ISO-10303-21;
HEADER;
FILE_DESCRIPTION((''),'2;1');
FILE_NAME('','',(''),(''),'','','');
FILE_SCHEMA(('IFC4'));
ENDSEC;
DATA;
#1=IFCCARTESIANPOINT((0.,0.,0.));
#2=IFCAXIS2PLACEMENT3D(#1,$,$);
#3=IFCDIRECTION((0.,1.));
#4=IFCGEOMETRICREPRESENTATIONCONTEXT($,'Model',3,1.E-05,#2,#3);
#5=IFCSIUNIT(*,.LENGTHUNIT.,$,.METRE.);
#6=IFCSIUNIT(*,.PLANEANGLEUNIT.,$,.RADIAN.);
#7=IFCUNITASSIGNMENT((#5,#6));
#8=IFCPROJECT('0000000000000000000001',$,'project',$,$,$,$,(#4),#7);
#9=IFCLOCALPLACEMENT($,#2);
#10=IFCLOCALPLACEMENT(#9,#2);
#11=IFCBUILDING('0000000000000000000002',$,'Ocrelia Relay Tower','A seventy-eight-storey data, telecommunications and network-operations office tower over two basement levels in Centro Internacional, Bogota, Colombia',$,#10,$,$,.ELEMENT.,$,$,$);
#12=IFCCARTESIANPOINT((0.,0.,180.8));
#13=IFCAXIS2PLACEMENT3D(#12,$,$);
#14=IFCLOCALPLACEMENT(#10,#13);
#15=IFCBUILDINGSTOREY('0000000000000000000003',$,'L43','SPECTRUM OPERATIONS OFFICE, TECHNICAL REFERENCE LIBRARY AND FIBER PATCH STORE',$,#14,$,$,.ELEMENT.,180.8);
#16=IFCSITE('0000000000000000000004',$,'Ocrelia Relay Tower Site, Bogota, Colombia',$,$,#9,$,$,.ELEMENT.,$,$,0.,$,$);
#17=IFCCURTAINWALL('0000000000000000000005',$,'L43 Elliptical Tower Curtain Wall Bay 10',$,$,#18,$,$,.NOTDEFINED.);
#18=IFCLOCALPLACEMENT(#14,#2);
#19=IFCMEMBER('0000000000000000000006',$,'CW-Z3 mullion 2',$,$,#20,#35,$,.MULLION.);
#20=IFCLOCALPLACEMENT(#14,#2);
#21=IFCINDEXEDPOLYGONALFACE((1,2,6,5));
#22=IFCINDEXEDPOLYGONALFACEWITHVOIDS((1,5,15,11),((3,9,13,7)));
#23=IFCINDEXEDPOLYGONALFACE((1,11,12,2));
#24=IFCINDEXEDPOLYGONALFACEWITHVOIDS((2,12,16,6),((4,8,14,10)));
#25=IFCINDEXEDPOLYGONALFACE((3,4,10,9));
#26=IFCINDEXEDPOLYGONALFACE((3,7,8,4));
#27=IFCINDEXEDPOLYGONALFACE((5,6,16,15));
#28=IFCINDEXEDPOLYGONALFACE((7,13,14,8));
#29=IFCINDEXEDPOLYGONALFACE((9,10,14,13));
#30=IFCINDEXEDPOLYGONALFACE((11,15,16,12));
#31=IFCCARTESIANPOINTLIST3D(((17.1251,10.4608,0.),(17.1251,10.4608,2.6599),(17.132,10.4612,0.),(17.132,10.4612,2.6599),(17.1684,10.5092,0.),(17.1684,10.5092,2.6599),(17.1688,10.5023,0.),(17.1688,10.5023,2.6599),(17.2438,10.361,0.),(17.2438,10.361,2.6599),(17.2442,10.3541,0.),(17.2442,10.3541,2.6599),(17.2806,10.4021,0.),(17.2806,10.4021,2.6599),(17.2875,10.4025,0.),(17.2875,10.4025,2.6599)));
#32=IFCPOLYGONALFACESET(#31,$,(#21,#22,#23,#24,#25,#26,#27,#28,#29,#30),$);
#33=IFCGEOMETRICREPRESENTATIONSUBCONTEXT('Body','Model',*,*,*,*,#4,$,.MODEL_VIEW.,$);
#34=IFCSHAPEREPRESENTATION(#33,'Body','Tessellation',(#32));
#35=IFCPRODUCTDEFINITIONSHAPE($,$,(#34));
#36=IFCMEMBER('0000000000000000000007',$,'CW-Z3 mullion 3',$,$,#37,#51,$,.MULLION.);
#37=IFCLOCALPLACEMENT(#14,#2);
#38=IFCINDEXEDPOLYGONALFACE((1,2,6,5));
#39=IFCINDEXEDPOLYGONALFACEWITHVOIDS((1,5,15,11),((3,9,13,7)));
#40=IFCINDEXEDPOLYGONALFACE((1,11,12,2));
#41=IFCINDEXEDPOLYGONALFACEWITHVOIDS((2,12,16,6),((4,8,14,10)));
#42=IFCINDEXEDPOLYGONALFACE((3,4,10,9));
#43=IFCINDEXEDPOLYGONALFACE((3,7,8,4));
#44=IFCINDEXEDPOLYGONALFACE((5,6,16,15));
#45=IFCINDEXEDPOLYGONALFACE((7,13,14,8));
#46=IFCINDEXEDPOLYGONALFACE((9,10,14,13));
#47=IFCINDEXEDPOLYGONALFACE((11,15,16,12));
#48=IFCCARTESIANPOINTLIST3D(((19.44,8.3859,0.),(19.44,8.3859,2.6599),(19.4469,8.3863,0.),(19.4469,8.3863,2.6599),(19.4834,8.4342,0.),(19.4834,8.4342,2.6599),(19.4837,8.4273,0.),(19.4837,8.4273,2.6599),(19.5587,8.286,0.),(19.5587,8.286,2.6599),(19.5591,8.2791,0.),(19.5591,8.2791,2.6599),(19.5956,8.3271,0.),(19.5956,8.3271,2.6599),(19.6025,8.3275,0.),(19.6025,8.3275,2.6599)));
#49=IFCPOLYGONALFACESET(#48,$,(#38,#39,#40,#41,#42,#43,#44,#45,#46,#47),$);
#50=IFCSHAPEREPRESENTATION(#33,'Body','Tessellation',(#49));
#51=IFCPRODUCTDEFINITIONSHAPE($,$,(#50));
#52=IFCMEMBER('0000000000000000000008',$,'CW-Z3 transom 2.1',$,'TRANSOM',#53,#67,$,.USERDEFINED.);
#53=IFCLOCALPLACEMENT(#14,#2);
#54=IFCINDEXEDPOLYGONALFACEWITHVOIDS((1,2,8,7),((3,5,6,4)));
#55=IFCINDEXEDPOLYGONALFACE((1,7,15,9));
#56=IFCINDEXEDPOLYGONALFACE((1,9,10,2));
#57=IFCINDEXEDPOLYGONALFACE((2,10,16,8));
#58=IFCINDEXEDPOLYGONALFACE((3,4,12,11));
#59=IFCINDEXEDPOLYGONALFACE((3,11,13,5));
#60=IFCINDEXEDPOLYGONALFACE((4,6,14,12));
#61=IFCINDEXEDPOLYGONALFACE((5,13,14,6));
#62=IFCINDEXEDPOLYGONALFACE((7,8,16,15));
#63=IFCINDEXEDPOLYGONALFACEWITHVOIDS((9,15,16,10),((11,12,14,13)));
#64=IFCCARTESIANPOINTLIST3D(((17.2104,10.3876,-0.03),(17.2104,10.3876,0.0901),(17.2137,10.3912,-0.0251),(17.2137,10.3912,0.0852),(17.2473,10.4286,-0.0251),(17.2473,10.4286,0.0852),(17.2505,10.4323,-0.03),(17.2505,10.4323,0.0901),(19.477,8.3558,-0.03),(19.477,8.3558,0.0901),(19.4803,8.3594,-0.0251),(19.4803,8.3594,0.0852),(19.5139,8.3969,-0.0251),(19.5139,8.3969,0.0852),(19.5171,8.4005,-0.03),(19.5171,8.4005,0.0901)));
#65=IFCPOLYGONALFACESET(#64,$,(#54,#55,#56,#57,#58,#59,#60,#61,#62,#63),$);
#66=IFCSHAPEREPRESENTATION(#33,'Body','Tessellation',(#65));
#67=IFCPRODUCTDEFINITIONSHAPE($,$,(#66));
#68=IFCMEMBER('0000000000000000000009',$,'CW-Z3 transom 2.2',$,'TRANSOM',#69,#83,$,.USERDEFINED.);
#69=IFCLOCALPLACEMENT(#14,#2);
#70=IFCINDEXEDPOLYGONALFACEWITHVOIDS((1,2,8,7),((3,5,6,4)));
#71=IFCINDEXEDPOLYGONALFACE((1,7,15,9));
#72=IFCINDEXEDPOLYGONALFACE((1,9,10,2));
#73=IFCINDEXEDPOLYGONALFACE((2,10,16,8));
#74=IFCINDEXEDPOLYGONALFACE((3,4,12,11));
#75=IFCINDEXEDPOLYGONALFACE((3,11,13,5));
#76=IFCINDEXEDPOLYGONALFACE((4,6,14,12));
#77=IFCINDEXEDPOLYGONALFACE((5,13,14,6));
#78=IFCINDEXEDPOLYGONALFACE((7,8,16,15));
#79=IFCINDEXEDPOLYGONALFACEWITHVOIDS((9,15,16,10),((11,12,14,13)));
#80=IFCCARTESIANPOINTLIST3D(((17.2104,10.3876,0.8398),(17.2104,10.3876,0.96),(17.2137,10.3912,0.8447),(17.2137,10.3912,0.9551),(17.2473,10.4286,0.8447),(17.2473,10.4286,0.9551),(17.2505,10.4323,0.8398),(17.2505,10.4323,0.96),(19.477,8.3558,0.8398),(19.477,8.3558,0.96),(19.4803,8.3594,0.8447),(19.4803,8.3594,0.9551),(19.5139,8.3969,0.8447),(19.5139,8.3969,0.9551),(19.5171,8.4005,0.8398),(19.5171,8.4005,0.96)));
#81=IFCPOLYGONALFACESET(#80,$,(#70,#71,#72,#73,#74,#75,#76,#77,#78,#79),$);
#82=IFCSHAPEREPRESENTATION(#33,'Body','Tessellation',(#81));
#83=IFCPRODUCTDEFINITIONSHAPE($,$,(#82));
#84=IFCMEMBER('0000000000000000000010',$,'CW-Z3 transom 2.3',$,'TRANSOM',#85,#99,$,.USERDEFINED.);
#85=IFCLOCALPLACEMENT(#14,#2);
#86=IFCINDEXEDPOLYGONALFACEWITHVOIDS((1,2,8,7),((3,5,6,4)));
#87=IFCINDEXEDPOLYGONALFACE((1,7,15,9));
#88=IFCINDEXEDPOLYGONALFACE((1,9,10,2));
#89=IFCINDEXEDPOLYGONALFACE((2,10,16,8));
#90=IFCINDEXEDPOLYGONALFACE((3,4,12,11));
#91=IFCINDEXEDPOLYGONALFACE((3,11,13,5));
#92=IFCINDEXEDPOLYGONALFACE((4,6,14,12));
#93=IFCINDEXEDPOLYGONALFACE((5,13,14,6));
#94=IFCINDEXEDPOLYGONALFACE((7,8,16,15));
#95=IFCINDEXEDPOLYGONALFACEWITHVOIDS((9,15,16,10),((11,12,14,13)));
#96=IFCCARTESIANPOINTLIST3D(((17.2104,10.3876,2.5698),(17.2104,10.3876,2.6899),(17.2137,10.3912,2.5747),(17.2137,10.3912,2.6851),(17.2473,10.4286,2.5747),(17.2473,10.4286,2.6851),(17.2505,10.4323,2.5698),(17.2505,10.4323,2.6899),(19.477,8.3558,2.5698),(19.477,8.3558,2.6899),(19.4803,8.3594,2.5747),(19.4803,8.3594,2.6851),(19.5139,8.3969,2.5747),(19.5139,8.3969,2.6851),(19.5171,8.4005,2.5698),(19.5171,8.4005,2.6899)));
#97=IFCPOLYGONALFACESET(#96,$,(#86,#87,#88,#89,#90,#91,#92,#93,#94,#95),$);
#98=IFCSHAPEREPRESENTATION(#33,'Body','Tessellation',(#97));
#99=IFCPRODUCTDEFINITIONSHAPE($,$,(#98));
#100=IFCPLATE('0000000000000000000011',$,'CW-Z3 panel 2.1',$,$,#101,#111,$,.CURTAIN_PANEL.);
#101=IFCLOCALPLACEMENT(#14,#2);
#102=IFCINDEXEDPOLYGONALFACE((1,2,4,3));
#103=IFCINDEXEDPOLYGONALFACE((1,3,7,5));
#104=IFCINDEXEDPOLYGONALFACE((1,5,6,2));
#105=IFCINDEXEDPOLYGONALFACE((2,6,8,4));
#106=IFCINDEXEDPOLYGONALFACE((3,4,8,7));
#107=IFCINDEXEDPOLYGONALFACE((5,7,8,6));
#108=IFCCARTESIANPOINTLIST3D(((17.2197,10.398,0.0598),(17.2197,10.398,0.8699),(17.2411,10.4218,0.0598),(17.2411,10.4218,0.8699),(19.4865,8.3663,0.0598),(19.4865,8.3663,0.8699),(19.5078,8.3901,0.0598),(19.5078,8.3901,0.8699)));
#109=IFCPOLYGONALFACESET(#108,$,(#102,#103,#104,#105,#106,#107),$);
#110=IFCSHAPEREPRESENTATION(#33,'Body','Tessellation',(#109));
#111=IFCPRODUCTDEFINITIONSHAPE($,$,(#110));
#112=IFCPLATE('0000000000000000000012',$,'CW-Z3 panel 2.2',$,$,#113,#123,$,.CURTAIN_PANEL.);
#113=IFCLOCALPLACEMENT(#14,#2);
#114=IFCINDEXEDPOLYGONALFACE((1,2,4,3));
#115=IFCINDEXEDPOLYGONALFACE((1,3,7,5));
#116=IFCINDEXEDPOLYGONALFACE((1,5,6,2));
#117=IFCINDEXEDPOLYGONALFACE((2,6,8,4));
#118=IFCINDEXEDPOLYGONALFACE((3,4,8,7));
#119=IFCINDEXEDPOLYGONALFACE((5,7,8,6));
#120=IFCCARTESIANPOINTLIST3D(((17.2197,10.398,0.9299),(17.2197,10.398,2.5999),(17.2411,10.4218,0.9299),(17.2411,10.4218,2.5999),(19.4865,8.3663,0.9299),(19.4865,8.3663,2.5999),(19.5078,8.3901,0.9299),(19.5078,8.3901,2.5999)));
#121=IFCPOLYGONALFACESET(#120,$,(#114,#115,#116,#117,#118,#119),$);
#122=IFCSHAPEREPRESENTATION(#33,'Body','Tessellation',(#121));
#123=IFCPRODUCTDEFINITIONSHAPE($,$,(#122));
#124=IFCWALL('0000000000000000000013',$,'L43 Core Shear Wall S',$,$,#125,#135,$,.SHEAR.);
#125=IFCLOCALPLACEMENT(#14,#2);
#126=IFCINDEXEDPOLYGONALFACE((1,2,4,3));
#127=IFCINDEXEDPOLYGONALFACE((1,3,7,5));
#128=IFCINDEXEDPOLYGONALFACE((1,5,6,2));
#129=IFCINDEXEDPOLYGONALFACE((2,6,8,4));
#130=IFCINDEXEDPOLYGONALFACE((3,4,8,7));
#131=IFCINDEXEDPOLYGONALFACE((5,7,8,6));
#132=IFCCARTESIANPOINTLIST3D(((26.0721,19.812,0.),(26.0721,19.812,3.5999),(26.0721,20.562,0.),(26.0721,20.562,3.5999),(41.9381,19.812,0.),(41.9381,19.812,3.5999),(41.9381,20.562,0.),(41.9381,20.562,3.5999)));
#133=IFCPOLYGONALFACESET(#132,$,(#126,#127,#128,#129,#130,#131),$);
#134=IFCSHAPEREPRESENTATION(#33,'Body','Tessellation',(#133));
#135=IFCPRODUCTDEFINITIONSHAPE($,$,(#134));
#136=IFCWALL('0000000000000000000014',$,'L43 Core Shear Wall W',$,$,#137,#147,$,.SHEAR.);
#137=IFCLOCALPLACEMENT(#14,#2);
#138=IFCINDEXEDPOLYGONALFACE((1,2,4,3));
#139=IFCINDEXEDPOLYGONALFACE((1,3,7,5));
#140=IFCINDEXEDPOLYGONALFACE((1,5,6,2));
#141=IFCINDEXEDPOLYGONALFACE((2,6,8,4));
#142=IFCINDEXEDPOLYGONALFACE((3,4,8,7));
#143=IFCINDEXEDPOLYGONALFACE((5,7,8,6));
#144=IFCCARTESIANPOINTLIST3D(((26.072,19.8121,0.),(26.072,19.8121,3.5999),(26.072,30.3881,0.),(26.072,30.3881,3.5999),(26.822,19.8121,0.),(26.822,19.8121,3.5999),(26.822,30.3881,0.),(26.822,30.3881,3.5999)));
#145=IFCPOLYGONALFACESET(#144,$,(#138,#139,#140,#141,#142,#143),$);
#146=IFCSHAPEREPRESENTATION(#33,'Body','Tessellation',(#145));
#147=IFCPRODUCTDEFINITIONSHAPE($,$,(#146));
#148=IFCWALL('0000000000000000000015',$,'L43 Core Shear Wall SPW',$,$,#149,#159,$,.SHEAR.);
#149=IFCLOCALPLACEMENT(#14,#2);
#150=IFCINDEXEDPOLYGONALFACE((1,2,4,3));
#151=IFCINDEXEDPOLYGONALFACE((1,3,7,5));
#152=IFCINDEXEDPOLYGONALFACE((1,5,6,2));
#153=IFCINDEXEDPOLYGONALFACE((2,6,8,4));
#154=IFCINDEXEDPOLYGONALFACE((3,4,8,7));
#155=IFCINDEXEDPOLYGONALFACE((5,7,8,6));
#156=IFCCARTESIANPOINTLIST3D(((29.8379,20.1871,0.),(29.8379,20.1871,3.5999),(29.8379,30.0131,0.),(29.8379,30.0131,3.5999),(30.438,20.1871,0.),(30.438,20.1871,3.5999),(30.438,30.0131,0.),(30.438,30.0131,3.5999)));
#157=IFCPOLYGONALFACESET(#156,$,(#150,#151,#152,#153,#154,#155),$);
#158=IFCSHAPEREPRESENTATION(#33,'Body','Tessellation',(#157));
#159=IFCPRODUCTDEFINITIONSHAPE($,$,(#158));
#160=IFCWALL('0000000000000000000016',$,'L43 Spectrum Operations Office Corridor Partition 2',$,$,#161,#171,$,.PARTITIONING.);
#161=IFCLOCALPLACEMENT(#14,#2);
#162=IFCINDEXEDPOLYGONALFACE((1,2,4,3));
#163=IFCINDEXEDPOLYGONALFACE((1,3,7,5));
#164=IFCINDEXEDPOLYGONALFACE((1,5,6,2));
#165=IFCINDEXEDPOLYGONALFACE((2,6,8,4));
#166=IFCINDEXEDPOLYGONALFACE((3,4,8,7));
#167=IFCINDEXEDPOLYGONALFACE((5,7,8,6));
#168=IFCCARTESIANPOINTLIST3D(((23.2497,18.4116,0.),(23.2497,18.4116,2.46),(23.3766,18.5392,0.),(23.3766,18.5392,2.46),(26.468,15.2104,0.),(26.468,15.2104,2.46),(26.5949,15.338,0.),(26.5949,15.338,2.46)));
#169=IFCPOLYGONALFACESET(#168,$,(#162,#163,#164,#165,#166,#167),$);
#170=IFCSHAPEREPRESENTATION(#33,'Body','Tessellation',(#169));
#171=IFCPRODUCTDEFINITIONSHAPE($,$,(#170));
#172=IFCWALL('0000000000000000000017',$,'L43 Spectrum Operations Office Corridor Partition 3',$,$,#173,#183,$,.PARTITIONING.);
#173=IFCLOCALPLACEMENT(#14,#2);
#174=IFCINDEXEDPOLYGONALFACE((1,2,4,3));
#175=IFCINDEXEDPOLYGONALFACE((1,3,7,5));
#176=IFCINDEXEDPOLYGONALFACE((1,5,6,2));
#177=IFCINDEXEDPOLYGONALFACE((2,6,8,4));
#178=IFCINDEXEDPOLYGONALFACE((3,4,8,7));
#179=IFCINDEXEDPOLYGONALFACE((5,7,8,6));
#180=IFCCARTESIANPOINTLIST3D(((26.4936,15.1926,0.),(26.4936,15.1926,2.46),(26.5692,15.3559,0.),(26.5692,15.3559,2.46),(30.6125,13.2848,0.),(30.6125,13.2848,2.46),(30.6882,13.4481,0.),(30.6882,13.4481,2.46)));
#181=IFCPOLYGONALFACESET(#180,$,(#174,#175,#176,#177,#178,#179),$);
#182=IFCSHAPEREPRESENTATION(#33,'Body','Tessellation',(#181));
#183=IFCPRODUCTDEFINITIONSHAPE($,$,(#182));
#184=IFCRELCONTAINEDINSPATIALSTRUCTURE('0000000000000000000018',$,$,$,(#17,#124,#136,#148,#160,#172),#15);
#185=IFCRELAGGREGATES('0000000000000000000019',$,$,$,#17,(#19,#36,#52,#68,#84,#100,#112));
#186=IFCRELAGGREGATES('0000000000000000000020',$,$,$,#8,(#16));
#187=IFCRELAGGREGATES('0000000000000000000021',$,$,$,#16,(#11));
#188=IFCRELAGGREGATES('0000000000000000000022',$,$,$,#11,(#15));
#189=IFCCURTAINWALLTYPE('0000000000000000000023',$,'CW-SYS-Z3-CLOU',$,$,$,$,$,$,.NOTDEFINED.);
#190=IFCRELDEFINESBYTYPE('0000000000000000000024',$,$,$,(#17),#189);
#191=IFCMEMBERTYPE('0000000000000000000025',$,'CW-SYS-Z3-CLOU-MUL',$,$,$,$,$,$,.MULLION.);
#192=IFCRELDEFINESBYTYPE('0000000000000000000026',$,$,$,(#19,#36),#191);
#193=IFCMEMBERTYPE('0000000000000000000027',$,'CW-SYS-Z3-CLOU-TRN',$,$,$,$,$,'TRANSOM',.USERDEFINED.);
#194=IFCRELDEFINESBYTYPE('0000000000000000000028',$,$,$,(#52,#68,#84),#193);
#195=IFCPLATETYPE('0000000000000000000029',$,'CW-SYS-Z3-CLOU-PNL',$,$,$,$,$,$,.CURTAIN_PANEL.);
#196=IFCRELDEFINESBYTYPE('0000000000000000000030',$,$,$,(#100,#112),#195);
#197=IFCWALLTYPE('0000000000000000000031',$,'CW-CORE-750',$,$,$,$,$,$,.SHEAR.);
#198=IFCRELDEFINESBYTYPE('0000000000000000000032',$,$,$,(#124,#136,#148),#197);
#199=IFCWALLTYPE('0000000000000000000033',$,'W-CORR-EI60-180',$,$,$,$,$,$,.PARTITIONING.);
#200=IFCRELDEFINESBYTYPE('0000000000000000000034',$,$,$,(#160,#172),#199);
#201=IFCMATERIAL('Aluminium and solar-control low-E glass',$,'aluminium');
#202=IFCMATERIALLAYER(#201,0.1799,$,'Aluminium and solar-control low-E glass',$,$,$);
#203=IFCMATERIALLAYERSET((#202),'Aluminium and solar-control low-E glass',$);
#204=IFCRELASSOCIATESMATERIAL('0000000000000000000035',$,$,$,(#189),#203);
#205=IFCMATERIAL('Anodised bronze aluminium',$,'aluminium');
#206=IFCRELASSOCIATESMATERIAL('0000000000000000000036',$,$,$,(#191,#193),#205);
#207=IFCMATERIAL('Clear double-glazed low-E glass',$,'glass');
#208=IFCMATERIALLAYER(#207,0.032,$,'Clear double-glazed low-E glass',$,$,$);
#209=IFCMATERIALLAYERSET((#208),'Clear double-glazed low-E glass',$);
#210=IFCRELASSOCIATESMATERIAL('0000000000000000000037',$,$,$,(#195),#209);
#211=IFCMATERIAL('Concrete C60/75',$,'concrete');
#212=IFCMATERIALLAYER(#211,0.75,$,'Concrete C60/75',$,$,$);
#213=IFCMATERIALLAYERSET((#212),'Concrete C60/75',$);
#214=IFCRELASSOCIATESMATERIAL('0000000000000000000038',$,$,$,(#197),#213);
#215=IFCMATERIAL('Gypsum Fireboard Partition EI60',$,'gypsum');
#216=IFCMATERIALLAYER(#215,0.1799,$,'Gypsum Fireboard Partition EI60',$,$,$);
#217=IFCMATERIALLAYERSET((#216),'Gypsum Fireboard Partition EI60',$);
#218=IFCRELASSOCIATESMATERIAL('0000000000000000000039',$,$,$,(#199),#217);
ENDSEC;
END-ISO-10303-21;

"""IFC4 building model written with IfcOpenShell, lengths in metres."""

from ifc_helpers import new_model, si_unit, direction, frame, frame_2d, origin, origin_2d, place, context, subcontext, project, spatial, rectangle, hollow_rectangle, extrude, material, layer, layer_set, material_profile, profile_set, type_object, element, aggregate, save


model = new_model("IFC4")

# Units and contexts
model_context = context("Model", 3, precision=1e-05, world=origin(), true_north=direction((0.0, 1.0)))
body_context = subcontext(model_context, "Body", "Model", "MODEL_VIEW")
ifc_project = project(units=[si_unit("LENGTHUNIT", "METRE"), si_unit("PLANEANGLEUNIT", "RADIAN")], contexts=[model_context])

# Site, building, storey
site_placement = place(None, origin())
site = spatial("IfcSite", under=ifc_project, at=site_placement, Name="Ocrelia Relay Tower Site, Bogota, Colombia", CompositionType="ELEMENT", RefElevation=0.0)
building_placement = place(site_placement, origin())
building = spatial("IfcBuilding", under=site, at=building_placement, Name="Ocrelia Relay Tower", Description="A seventy-eight-storey data, telecommunications and network-operations office tower over two basement levels in Centro Internacional, Bogota, Colombia", CompositionType="ELEMENT")
storey_placement = place(building_placement, frame((0.0, 0.0, 180.8)))
storey = spatial("IfcBuildingStorey", under=building, at=storey_placement, Name="L43", Description="SPECTRUM OPERATIONS OFFICE, TECHNICAL REFERENCE LIBRARY AND FIBER PATCH STORE", CompositionType="ELEMENT", Elevation=180.8)

# Shared definitions
ifc_material_1 = material(Name="Concrete C60/75", Category="concrete")

# Curtain wall, members, plates
ifc_material_2 = material(Name="Aluminium and solar-control low-E glass", Category="aluminium")
ifc_layer_1 = layer(ifc_material_2, 0.1799, Name="Aluminium and solar-control low-E glass")
ifc_layer_set_1 = layer_set([ifc_layer_1], Name="Aluminium and solar-control low-E glass")
curtain_wall_type = type_object("IfcCurtainWallType", Name="CW-SYS-Z3-CLOU", PredefinedType="NOTDEFINED", material=ifc_layer_set_1)
curtain_wall_placement = place(storey_placement, origin())
curtain_wall = element("IfcCurtainWall", 1, at=curtain_wall_placement, inside=storey, type_object=curtain_wall_type, Name="L43 Elliptical Tower Curtain Wall Bay 10", PredefinedType="NOTDEFINED")
ifc_material_3 = material(Name="Anodised bronze aluminium", Category="aluminium")
ifc_material_profile_1 = material_profile(ifc_material_3, hollow_rectangle(XDim=0.0649, YDim=0.1599, WallThickness=0.0049, at=origin_2d()), Name="CW-MUL-160x65")
ifc_profile_set_1 = profile_set([ifc_material_profile_1], Name="Anodised bronze aluminium")
member_type_1 = type_object("IfcMemberType", Name="CW-SYS-Z3-CLOU-MUL", PredefinedType="MULLION", material=ifc_profile_set_1)
member_1_placement = place(storey_placement, frame((17.2063, 10.4316, 0.0), z_axis=(0.0, 0.0, 1.0), x_axis=(0.667438, 0.744666, 0.0)))
member_1 = element("IfcMember", 2, at=member_1_placement, type_object=member_type_1, Name="CW-Z3 mullion 2", PredefinedType="MULLION", context=body_context, shape_type="SweptSolid", body=[
    extrude(hollow_rectangle(XDim=0.0649, YDim=0.1599, WallThickness=0.0049, at=origin_2d()), origin(), (0.0, 0.0, 1.0), 2.6599),
])
member_2_placement = place(storey_placement, frame((19.5212, 8.3567, 0.0), z_axis=(0.0, 0.0, 1.0), x_axis=(0.667438, 0.744666, 0.0)))
member_2 = element("IfcMember", 3, at=member_2_placement, type_object=member_type_1, Name="CW-Z3 mullion 3", PredefinedType="MULLION", context=body_context, shape_type="SweptSolid", body=[
    extrude(hollow_rectangle(XDim=0.0649, YDim=0.1599, WallThickness=0.0049, at=origin_2d()), origin(), (0.0, 0.0, 1.0), 2.6599),
])
ifc_material_profile_2 = material_profile(ifc_material_3, hollow_rectangle(XDim=0.0601, YDim=0.1201, WallThickness=0.0049, at=origin_2d()), Name="CW-TRN-120x60")
ifc_profile_set_2 = profile_set([ifc_material_profile_2], Name="Anodised bronze aluminium")
member_type_2 = type_object("IfcMemberType", Name="CW-SYS-Z3-CLOU-TRN", ElementType="TRANSOM", PredefinedType="USERDEFINED", material=ifc_profile_set_2)
member_3_placement = place(storey_placement, frame((17.2305, 10.4099, 0.03), z_axis=(0.744633, -0.667474, 0.0), x_axis=(0.667474, 0.744633, 0.0)))
member_3 = element("IfcMember", 4, at=member_3_placement, type_object=member_type_2, Name="CW-Z3 transom 2.1", ObjectType="TRANSOM", PredefinedType="USERDEFINED", context=body_context, shape_type="SweptSolid", body=[
    extrude(hollow_rectangle(XDim=0.0601, YDim=0.1201, WallThickness=0.0049, at=origin_2d()), origin(), (0.0, 0.0, 1.0), 3.0439),
])
member_4_placement = place(storey_placement, frame((17.2305, 10.4099, 0.8999), z_axis=(0.744633, -0.667474, 0.0), x_axis=(0.667474, 0.744633, 0.0)))
member_4 = element("IfcMember", 5, at=member_4_placement, type_object=member_type_2, Name="CW-Z3 transom 2.2", ObjectType="TRANSOM", PredefinedType="USERDEFINED", context=body_context, shape_type="SweptSolid", body=[
    extrude(hollow_rectangle(XDim=0.0601, YDim=0.1201, WallThickness=0.0049, at=origin_2d()), origin(), (0.0, 0.0, 1.0), 3.0439),
])
member_5_placement = place(storey_placement, frame((17.2305, 10.4099, 2.6299), z_axis=(0.744633, -0.667474, 0.0), x_axis=(0.667474, 0.744633, 0.0)))
member_5 = element("IfcMember", 6, at=member_5_placement, type_object=member_type_2, Name="CW-Z3 transom 2.3", ObjectType="TRANSOM", PredefinedType="USERDEFINED", context=body_context, shape_type="SweptSolid", body=[
    extrude(hollow_rectangle(XDim=0.0601, YDim=0.1201, WallThickness=0.0049, at=origin_2d()), origin(), (0.0, 0.0, 1.0), 3.0439),
])
ifc_material_4 = material(Name="Clear double-glazed low-E glass", Category="glass")
ifc_layer_2 = layer(ifc_material_4, 0.032, Name="Clear double-glazed low-E glass")
ifc_layer_set_2 = layer_set([ifc_layer_2], Name="Clear double-glazed low-E glass")
plate_type = type_object("IfcPlateType", Name="CW-SYS-Z3-CLOU-PNL", PredefinedType="CURTAIN_PANEL", material=ifc_layer_set_2)
plate_1_placement = place(storey_placement, frame((18.3638, 9.394, 0.0598), z_axis=(0.0, 0.0, 1.0), x_axis=(0.744666, -0.667438, 0.0)))
plate_1 = element("IfcPlate", 7, at=plate_1_placement, type_object=plate_type, Name="CW-Z3 panel 2.1", PredefinedType="CURTAIN_PANEL", context=body_context, shape_type="SweptSolid", body=[
    extrude(rectangle(XDim=3.0439, YDim=0.032, at=origin_2d()), origin(), (0.0, 0.0, 1.0), 0.8101),
])
plate_2_placement = place(storey_placement, frame((18.3638, 9.394, 0.9299), z_axis=(0.0, 0.0, 1.0), x_axis=(0.744666, -0.667438, 0.0)))
plate_2 = element("IfcPlate", 8, at=plate_2_placement, type_object=plate_type, Name="CW-Z3 panel 2.2", PredefinedType="CURTAIN_PANEL", context=body_context, shape_type="SweptSolid", body=[
    extrude(rectangle(XDim=3.0439, YDim=0.032, at=origin_2d()), origin(), (0.0, 0.0, 1.0), 1.6699),
])
aggregate(curtain_wall, [member_1, member_2, member_3, member_4, member_5, plate_1, plate_2])

# Walls
ifc_layer_3 = layer(ifc_material_1, 0.75, Name="Concrete C60/75")
ifc_layer_set_3 = layer_set([ifc_layer_3], Name="Concrete C60/75")
wall_type_1 = type_object("IfcWallType", Name="CW-CORE-750", PredefinedType="SHEAR", material=ifc_layer_set_3)
wall_1_placement = place(storey_placement, frame((26.072, 20.187, 0.0), z_axis=(0.0, 0.0, 1.0), x_axis=(1.0, 0.0, 0.0)))
element("IfcWall", 9, at=wall_1_placement, inside=storey, type_object=wall_type_1, Name="L43 Core Shear Wall S", PredefinedType="SHEAR", context=body_context, shape_type="SweptSolid", body=[
    extrude(rectangle(XDim=15.866, YDim=0.75, at=frame_2d((7.9331, 0.0))), origin(), (0.0, 0.0, 1.0), 3.5999),
])
wall_2_placement = place(storey_placement, frame((26.447, 19.812, 0.0), z_axis=(0.0, 0.0, 1.0), x_axis=(0.0, 1.0, 0.0)))
element("IfcWall", 10, at=wall_2_placement, inside=storey, type_object=wall_type_1, Name="L43 Core Shear Wall W", PredefinedType="SHEAR", context=body_context, shape_type="SweptSolid", body=[
    extrude(rectangle(XDim=10.5759, YDim=0.75, at=frame_2d((5.2881, 0.0))), origin(), (0.0, 0.0, 1.0), 3.5999),
])
wall_3_placement = place(storey_placement, frame((30.1379, 20.187, 0.0), z_axis=(0.0, 0.0, 1.0), x_axis=(0.0, 1.0, 0.0)))
element("IfcWall", 11, at=wall_3_placement, inside=storey, type_object=wall_type_1, Name="L43 Core Shear Wall SPW", PredefinedType="SHEAR", context=body_context, shape_type="SweptSolid", body=[
    extrude(rectangle(XDim=9.8259, YDim=0.6001, at=frame_2d((4.9131, 0.0))), origin(), (0.0, 0.0, 1.0), 3.5999),
])
ifc_material_5 = material(Name="Gypsum Fireboard Partition EI60", Category="gypsum")
ifc_layer_4 = layer(ifc_material_5, 0.1799, Name="Gypsum Fireboard Partition EI60")
ifc_layer_set_4 = layer_set([ifc_layer_4], Name="Gypsum Fireboard Partition EI60")
wall_type_2 = type_object("IfcWallType", Name="W-CORR-EI60-180", PredefinedType="PARTITIONING", material=ifc_layer_set_4)
for number, where, z_axis, x_axis, name in (
    (12, (23.3132, 18.4753, 0.0), (0.0, 0.0, 1.0), (0.708987, -0.705222, 0.0), "L43 Spectrum Operations Office Corridor Partition 2"),
    (13, (26.5315, 15.2742, 0.0), (0.0, 0.0, 1.0), (0.907398, -0.420272, 0.0), "L43 Spectrum Operations Office Corridor Partition 3"),
):
    element("IfcWall", number, at=place(storey_placement, frame(where, z_axis=z_axis, x_axis=x_axis)), inside=storey, type_object=wall_type_2, Name=name, PredefinedType="PARTITIONING", context=body_context, shape_type="SweptSolid", body=[
        extrude(rectangle(XDim=4.5393, YDim=0.1799, at=frame_2d((2.2695, 0.0))), origin(), (0.0, 0.0, 1.0), 2.46),
    ])

save(model, "model.ifc")
